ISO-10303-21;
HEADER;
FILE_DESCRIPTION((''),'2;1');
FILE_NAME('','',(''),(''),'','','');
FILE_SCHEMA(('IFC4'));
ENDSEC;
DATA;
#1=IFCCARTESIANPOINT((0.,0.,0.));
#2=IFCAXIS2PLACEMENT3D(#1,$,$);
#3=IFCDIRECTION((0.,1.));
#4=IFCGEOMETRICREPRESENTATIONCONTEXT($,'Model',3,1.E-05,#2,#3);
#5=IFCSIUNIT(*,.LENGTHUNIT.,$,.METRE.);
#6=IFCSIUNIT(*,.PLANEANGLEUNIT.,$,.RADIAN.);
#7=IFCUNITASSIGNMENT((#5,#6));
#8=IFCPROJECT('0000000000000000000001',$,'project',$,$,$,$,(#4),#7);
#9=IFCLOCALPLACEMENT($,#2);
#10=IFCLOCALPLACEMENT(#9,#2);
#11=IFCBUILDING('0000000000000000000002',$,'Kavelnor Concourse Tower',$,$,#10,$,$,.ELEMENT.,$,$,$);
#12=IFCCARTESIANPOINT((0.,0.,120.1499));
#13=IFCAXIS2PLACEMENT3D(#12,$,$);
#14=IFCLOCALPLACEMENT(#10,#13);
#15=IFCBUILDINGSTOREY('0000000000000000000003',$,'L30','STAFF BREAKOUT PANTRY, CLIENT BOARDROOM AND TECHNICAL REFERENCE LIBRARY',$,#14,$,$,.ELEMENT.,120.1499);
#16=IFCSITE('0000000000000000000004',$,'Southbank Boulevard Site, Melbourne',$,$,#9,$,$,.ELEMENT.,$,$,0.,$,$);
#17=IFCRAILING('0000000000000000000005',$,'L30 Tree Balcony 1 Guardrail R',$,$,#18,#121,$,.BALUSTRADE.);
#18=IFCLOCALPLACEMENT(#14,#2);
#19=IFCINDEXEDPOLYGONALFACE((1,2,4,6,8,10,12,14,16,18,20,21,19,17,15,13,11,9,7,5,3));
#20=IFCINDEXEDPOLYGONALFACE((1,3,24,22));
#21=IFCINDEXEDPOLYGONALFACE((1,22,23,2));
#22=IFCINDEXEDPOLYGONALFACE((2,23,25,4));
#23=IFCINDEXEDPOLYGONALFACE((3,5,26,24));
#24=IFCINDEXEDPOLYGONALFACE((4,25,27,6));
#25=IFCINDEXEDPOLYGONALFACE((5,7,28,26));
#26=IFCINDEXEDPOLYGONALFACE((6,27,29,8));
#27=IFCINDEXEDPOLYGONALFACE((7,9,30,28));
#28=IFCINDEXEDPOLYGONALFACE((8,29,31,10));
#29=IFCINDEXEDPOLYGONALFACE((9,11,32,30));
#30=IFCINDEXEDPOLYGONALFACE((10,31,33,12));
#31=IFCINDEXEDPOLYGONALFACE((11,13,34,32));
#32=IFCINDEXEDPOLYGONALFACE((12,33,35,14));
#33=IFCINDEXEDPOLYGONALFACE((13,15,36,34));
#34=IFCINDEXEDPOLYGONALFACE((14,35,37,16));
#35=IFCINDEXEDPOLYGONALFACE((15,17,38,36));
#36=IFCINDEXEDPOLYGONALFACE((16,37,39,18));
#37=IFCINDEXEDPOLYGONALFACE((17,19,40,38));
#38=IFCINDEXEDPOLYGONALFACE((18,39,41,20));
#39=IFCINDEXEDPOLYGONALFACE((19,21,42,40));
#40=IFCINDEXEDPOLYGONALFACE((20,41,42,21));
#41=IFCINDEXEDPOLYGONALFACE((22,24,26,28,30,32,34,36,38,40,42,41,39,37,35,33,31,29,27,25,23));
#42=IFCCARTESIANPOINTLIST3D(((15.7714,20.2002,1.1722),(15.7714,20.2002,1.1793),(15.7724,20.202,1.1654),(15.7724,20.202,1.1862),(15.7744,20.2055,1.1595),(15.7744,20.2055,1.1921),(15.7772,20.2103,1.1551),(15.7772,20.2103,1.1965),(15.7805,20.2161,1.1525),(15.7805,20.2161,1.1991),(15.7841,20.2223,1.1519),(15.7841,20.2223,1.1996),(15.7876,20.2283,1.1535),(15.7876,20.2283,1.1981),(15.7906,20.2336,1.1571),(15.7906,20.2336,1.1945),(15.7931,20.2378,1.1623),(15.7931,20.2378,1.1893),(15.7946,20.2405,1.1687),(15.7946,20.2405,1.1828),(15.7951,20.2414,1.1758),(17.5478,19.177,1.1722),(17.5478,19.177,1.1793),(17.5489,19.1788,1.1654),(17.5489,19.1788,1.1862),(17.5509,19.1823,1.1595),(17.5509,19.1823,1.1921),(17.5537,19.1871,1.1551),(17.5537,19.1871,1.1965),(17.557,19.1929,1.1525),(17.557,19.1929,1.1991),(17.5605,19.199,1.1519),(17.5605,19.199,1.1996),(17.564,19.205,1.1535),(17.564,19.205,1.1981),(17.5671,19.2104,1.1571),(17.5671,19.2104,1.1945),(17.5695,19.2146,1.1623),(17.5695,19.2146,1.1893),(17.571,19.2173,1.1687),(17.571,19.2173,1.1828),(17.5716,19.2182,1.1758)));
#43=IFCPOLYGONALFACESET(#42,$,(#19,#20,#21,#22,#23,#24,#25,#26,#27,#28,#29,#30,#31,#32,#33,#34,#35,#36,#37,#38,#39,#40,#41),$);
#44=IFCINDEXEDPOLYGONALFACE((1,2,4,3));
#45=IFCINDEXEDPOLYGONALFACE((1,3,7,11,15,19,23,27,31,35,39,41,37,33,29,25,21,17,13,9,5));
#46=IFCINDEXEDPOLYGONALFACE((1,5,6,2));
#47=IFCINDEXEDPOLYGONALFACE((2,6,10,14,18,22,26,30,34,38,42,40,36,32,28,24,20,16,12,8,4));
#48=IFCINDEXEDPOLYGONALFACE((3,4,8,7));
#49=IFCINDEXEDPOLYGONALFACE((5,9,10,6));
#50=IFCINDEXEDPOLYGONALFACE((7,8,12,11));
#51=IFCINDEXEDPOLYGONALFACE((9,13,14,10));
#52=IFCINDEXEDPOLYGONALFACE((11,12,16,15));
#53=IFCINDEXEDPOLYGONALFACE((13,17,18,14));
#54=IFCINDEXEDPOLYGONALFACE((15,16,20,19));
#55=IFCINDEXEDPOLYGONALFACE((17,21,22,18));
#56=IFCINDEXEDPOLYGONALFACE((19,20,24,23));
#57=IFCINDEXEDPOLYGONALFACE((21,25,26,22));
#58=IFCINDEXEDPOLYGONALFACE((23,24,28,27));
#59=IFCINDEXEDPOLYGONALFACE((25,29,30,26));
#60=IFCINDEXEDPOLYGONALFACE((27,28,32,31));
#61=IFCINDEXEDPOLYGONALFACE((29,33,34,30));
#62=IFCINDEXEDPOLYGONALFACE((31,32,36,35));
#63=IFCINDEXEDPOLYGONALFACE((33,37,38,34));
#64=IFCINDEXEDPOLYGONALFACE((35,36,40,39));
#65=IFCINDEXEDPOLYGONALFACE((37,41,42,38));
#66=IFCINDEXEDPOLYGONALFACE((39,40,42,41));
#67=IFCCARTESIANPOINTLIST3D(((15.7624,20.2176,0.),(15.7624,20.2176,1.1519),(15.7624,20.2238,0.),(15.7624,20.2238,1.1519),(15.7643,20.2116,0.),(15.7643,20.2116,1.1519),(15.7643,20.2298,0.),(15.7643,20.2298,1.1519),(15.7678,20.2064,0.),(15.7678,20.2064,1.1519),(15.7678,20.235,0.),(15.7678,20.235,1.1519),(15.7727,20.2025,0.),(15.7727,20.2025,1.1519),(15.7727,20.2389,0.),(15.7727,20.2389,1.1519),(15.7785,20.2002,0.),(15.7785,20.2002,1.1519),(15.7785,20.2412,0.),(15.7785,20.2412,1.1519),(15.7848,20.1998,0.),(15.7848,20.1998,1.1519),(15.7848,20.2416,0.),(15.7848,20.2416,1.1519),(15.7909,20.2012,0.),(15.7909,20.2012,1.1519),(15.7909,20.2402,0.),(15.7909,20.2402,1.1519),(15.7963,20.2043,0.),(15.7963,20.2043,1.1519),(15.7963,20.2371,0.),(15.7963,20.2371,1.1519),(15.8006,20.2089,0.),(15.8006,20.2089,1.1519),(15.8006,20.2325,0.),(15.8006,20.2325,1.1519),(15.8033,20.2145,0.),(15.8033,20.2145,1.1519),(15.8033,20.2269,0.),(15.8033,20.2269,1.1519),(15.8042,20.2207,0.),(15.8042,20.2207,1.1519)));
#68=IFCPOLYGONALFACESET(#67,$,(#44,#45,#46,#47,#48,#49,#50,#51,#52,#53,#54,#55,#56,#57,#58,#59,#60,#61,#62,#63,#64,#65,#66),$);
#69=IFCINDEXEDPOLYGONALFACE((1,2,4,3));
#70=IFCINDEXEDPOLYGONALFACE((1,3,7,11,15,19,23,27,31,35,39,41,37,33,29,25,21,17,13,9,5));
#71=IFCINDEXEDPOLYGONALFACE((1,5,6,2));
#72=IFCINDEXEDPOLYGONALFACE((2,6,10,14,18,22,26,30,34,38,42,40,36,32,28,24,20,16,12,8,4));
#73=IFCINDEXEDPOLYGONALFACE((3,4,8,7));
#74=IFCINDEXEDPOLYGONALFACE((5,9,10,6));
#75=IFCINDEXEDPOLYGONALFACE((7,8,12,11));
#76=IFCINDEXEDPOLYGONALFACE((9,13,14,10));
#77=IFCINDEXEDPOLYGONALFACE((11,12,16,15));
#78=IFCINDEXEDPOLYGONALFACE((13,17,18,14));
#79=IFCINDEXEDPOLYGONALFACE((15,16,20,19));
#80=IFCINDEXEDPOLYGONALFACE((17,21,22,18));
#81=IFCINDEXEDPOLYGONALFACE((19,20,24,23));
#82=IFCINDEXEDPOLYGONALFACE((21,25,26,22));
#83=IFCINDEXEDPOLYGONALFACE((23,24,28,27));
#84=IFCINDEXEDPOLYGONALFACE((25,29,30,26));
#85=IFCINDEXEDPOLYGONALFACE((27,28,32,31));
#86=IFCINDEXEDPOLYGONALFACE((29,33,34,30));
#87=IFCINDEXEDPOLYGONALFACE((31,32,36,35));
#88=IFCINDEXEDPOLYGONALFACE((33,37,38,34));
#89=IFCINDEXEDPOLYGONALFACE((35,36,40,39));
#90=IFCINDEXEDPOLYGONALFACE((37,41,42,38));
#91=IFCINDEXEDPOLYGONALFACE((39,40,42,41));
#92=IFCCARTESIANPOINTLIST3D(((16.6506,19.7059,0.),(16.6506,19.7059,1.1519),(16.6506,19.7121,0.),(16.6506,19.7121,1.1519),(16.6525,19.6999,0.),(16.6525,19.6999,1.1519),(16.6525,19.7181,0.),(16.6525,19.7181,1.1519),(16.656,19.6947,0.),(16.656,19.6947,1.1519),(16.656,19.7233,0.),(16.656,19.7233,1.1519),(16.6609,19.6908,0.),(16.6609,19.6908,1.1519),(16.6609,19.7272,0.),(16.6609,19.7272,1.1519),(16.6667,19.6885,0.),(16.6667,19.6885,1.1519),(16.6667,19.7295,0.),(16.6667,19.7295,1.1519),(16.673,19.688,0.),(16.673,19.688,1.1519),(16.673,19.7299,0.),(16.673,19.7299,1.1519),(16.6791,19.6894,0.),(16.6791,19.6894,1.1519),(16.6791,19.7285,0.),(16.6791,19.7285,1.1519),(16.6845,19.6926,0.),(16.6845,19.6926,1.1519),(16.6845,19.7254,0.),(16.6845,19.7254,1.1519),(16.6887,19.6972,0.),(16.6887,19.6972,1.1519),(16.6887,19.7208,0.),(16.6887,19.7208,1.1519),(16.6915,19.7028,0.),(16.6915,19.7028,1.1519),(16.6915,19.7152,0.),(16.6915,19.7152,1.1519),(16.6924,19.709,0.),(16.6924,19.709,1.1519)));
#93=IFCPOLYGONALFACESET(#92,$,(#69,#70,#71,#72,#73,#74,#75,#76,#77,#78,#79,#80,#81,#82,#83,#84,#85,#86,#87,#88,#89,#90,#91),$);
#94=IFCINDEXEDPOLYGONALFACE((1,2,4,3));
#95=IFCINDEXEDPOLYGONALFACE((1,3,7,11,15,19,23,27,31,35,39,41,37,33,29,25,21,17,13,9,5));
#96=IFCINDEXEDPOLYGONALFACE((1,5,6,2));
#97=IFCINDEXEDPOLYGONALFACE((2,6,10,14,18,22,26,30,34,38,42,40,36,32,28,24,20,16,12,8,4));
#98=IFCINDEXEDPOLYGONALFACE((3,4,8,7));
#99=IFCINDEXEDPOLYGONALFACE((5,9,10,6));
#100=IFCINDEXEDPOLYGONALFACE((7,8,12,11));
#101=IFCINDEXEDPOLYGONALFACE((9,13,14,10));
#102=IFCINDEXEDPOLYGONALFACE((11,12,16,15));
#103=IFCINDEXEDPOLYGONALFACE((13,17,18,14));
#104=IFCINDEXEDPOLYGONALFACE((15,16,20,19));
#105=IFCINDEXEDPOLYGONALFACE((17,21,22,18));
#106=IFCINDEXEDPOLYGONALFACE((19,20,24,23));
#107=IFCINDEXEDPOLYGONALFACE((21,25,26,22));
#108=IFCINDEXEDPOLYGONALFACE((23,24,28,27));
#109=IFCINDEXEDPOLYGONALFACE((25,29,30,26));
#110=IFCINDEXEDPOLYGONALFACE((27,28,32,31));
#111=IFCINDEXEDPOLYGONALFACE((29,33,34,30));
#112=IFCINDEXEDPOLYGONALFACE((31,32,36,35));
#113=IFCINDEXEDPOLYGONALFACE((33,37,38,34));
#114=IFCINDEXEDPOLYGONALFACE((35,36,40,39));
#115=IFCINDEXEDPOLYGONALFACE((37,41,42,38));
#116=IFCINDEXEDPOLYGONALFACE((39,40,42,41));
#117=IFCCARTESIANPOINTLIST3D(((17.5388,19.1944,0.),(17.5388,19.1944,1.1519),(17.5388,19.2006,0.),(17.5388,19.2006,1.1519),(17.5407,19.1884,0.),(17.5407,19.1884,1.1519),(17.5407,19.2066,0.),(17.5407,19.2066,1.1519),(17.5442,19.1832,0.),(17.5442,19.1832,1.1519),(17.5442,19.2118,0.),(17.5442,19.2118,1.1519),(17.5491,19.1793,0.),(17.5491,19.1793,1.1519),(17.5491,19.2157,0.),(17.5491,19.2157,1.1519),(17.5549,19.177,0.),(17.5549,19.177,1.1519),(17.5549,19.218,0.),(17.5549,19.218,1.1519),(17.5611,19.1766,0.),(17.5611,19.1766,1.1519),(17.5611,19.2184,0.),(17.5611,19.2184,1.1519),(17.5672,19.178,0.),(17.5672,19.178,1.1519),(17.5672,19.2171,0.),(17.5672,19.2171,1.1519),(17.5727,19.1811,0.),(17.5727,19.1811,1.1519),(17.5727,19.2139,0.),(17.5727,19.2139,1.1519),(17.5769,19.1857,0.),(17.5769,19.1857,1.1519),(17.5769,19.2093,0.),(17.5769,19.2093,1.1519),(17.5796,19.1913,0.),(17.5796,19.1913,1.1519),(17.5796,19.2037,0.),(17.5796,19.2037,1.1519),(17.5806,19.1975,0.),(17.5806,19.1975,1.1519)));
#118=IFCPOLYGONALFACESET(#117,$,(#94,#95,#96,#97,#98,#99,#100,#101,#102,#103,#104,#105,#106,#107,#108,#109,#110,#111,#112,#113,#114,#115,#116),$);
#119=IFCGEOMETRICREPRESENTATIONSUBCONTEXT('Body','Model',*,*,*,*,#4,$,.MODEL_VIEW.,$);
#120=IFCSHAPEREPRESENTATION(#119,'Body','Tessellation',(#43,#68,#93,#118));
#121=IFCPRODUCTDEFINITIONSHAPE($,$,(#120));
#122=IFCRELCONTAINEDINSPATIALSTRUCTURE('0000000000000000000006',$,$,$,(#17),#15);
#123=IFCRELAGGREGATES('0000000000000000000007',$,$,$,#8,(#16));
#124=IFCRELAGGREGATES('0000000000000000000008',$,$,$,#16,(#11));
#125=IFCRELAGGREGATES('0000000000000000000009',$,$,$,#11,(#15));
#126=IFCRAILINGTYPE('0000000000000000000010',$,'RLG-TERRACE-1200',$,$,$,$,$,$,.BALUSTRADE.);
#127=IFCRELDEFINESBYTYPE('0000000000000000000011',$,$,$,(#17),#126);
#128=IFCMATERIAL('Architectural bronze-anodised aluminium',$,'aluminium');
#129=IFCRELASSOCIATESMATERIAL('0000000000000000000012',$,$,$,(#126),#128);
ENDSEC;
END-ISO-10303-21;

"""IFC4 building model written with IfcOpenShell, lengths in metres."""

from ifc_helpers import new_model, si_unit, direction, frame, origin, origin_2d, place, context, subcontext, project, spatial, circle, extrude, material, type_object, element, save


model = new_model("IFC4")

# Units and contexts
model_context = context("Model", 3, precision=1e-05, world=origin(), true_north=direction((0.0, 1.0)))
body_context = subcontext(model_context, "Body", "Model", "MODEL_VIEW")
ifc_project = project(units=[si_unit("LENGTHUNIT", "METRE"), si_unit("PLANEANGLEUNIT", "RADIAN")], contexts=[model_context])

# Site, building, storey
site_placement = place(None, origin())
site = spatial("IfcSite", under=ifc_project, at=site_placement, Name="Southbank Boulevard Site, Melbourne", CompositionType="ELEMENT", RefElevation=0.0)
building_placement = place(site_placement, origin())
building = spatial("IfcBuilding", under=site, at=building_placement, Name="Kavelnor Concourse Tower", CompositionType="ELEMENT")
storey_placement = place(building_placement, frame((0.0, 0.0, 120.1499)))
storey = spatial("IfcBuildingStorey", under=building, at=storey_placement, Name="L30", Description="STAFF BREAKOUT PANTRY, CLIENT BOARDROOM AND TECHNICAL REFERENCE LIBRARY", CompositionType="ELEMENT", Elevation=120.1499)

# Railing
ifc_material_1 = material(Name="Architectural bronze-anodised aluminium", Category="aluminium")
railing_type = type_object("IfcRailingType", Name="RLG-TERRACE-1200", PredefinedType="BALUSTRADE", material=ifc_material_1)
railing_1_placement = place(storey_placement, frame((15.7832, 20.2207, 0.0)))
element("IfcRailing", 1, at=railing_1_placement, inside=storey, type_object=railing_type, Name="L30 Tree Balcony 1 Guardrail R", PredefinedType="BALUSTRADE", context=body_context, shape_type="SweptSolid", body=[
    extrude(circle(Radius=0.0239, at=origin_2d()), frame((0.0, 0.0, 1.1758), z_axis=(0.86653, -0.499124, 0.0), x_axis=(0.499124, 0.86653, 0.0)), (0.0, 0.0, 1.0), 2.05),
    extrude(circle(Radius=0.021, at=origin_2d()), origin(), (0.0, 0.0, 1.0), 1.1519),
    extrude(circle(Radius=0.021, at=origin_2d()), frame((0.8882, -0.5117, 0.0)), (0.0, 0.0, 1.0), 1.1519),
    extrude(circle(Radius=0.021, at=origin_2d()), frame((1.7764, -1.0232, 0.0)), (0.0, 0.0, 1.0), 1.1519),
])

save(model, "model.ifc")
